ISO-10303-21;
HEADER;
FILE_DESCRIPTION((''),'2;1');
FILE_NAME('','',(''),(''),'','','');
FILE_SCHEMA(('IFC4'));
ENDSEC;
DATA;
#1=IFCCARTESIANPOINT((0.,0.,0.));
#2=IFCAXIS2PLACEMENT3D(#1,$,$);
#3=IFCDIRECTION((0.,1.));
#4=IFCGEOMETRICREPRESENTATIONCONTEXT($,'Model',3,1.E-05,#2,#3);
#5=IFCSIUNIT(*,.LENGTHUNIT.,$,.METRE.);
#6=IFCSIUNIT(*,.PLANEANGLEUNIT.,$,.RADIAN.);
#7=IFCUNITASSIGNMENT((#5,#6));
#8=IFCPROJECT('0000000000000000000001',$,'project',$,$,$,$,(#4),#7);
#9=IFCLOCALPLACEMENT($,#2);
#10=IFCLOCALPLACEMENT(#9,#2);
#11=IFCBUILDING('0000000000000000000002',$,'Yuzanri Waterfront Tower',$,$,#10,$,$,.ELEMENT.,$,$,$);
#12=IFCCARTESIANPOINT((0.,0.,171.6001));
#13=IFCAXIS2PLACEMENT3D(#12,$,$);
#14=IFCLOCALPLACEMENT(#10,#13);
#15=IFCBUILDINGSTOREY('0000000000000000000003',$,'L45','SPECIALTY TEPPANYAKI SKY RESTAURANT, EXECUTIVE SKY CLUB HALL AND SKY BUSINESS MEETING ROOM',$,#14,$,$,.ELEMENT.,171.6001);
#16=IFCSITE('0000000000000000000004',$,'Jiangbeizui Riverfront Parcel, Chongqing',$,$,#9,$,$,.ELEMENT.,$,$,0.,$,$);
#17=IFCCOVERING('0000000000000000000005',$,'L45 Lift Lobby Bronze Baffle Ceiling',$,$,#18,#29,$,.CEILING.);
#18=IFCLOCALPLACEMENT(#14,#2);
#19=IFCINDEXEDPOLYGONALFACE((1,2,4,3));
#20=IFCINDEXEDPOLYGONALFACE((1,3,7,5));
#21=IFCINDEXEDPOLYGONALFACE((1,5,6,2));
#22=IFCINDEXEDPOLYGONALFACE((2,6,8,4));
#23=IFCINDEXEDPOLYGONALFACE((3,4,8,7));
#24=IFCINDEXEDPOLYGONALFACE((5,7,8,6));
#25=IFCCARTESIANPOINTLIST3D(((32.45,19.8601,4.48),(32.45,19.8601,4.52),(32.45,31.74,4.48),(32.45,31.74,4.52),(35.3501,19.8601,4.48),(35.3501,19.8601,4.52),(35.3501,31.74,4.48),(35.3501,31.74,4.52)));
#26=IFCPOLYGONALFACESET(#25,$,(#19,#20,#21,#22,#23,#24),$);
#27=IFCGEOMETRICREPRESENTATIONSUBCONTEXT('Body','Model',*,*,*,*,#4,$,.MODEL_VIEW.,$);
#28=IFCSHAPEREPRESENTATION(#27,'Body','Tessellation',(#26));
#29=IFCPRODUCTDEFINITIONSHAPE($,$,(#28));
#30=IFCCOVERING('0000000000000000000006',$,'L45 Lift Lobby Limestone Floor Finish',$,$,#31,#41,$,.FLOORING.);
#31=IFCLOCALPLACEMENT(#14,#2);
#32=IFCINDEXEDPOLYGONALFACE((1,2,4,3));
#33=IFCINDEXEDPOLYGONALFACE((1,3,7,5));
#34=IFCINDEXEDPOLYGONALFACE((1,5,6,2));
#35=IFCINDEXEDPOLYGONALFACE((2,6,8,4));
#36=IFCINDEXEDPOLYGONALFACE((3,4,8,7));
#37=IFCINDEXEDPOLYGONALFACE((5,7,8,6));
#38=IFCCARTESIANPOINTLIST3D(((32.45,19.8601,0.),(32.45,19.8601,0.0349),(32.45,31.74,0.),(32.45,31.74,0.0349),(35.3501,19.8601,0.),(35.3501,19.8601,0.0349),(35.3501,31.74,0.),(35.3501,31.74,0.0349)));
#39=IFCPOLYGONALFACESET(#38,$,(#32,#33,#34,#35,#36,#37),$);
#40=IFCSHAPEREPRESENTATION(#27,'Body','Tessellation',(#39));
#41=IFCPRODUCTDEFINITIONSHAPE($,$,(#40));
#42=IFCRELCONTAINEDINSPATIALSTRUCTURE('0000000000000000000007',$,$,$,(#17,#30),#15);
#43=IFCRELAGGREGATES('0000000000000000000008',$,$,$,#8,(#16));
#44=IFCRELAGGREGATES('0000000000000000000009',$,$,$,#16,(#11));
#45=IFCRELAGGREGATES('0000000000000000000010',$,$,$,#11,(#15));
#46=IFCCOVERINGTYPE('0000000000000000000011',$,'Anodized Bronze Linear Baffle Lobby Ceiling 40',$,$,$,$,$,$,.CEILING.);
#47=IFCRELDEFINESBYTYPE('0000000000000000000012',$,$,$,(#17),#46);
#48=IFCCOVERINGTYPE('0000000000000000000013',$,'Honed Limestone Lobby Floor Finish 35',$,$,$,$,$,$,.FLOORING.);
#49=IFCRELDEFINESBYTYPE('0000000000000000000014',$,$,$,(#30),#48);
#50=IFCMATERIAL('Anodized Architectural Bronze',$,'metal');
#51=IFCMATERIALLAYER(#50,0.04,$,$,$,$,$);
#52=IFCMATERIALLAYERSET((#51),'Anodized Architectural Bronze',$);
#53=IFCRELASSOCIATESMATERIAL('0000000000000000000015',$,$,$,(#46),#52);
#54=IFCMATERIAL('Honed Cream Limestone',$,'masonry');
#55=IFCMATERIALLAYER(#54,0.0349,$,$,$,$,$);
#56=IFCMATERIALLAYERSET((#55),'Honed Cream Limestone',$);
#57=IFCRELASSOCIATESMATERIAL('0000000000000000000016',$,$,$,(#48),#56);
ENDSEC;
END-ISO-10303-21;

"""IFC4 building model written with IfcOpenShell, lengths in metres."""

from ifc_helpers import new_model, si_unit, direction, frame, origin, place, context, subcontext, project, spatial, polyline, outline, extrude, material, layer, layer_set, type_object, element, save


model = new_model("IFC4")

# Units and contexts
model_context = context("Model", 3, precision=1e-05, world=origin(), true_north=direction((0.0, 1.0)))
body_context = subcontext(model_context, "Body", "Model", "MODEL_VIEW")
ifc_project = project(units=[si_unit("LENGTHUNIT", "METRE"), si_unit("PLANEANGLEUNIT", "RADIAN")], contexts=[model_context])

# Site, building, storey
site_placement = place(None, origin())
site = spatial("IfcSite", under=ifc_project, at=site_placement, Name="Jiangbeizui Riverfront Parcel, Chongqing", CompositionType="ELEMENT", RefElevation=0.0)
building_placement = place(site_placement, origin())
building = spatial("IfcBuilding", under=site, at=building_placement, Name="Yuzanri Waterfront Tower", CompositionType="ELEMENT")
storey_placement = place(building_placement, frame((0.0, 0.0, 171.6001)))
storey = spatial("IfcBuildingStorey", under=building, at=storey_placement, Name="L45", Description="SPECIALTY TEPPANYAKI SKY RESTAURANT, EXECUTIVE SKY CLUB HALL AND SKY BUSINESS MEETING ROOM", CompositionType="ELEMENT", Elevation=171.6001)

# Coverings
ifc_material_1 = material(Name="Anodized Architectural Bronze", Category="metal")
ifc_layer_1 = layer(ifc_material_1, 0.04)
ifc_layer_set_1 = layer_set([ifc_layer_1], Name="Anodized Architectural Bronze")
covering_type_1 = type_object("IfcCoveringType", Name="Anodized Bronze Linear Baffle Lobby Ceiling 40", PredefinedType="CEILING", material=ifc_layer_set_1)
covering_1_placement = place(storey_placement, frame((0.0, 0.0, 4.48)))
element("IfcCovering", 1, at=covering_1_placement, inside=storey, type_object=covering_type_1, Name="L45 Lift Lobby Bronze Baffle Ceiling", PredefinedType="CEILING", context=body_context, shape_type="SweptSolid", body=[
    extrude(outline(polyline([(32.45, 19.8601), (35.3501, 19.8601), (35.3501, 31.74), (32.45, 31.74), (32.45, 19.8601)])), origin(), (0.0, 0.0, 1.0), 0.04),
])
ifc_material_2 = material(Name="Honed Cream Limestone", Category="masonry")
ifc_layer_2 = layer(ifc_material_2, 0.0349)
ifc_layer_set_2 = layer_set([ifc_layer_2], Name="Honed Cream Limestone")
covering_type_2 = type_object("IfcCoveringType", Name="Honed Limestone Lobby Floor Finish 35", PredefinedType="FLOORING", material=ifc_layer_set_2)
covering_2_placement = place(storey_placement, origin())
element("IfcCovering", 2, at=covering_2_placement, inside=storey, type_object=covering_type_2, Name="L45 Lift Lobby Limestone Floor Finish", PredefinedType="FLOORING", context=body_context, shape_type="SweptSolid", body=[
    extrude(outline(polyline([(32.45, 19.8601), (35.3501, 19.8601), (35.3501, 31.74), (32.45, 31.74), (32.45, 19.8601)])), origin(), (0.0, 0.0, 1.0), 0.0349),
])

save(model, "model.ifc")
